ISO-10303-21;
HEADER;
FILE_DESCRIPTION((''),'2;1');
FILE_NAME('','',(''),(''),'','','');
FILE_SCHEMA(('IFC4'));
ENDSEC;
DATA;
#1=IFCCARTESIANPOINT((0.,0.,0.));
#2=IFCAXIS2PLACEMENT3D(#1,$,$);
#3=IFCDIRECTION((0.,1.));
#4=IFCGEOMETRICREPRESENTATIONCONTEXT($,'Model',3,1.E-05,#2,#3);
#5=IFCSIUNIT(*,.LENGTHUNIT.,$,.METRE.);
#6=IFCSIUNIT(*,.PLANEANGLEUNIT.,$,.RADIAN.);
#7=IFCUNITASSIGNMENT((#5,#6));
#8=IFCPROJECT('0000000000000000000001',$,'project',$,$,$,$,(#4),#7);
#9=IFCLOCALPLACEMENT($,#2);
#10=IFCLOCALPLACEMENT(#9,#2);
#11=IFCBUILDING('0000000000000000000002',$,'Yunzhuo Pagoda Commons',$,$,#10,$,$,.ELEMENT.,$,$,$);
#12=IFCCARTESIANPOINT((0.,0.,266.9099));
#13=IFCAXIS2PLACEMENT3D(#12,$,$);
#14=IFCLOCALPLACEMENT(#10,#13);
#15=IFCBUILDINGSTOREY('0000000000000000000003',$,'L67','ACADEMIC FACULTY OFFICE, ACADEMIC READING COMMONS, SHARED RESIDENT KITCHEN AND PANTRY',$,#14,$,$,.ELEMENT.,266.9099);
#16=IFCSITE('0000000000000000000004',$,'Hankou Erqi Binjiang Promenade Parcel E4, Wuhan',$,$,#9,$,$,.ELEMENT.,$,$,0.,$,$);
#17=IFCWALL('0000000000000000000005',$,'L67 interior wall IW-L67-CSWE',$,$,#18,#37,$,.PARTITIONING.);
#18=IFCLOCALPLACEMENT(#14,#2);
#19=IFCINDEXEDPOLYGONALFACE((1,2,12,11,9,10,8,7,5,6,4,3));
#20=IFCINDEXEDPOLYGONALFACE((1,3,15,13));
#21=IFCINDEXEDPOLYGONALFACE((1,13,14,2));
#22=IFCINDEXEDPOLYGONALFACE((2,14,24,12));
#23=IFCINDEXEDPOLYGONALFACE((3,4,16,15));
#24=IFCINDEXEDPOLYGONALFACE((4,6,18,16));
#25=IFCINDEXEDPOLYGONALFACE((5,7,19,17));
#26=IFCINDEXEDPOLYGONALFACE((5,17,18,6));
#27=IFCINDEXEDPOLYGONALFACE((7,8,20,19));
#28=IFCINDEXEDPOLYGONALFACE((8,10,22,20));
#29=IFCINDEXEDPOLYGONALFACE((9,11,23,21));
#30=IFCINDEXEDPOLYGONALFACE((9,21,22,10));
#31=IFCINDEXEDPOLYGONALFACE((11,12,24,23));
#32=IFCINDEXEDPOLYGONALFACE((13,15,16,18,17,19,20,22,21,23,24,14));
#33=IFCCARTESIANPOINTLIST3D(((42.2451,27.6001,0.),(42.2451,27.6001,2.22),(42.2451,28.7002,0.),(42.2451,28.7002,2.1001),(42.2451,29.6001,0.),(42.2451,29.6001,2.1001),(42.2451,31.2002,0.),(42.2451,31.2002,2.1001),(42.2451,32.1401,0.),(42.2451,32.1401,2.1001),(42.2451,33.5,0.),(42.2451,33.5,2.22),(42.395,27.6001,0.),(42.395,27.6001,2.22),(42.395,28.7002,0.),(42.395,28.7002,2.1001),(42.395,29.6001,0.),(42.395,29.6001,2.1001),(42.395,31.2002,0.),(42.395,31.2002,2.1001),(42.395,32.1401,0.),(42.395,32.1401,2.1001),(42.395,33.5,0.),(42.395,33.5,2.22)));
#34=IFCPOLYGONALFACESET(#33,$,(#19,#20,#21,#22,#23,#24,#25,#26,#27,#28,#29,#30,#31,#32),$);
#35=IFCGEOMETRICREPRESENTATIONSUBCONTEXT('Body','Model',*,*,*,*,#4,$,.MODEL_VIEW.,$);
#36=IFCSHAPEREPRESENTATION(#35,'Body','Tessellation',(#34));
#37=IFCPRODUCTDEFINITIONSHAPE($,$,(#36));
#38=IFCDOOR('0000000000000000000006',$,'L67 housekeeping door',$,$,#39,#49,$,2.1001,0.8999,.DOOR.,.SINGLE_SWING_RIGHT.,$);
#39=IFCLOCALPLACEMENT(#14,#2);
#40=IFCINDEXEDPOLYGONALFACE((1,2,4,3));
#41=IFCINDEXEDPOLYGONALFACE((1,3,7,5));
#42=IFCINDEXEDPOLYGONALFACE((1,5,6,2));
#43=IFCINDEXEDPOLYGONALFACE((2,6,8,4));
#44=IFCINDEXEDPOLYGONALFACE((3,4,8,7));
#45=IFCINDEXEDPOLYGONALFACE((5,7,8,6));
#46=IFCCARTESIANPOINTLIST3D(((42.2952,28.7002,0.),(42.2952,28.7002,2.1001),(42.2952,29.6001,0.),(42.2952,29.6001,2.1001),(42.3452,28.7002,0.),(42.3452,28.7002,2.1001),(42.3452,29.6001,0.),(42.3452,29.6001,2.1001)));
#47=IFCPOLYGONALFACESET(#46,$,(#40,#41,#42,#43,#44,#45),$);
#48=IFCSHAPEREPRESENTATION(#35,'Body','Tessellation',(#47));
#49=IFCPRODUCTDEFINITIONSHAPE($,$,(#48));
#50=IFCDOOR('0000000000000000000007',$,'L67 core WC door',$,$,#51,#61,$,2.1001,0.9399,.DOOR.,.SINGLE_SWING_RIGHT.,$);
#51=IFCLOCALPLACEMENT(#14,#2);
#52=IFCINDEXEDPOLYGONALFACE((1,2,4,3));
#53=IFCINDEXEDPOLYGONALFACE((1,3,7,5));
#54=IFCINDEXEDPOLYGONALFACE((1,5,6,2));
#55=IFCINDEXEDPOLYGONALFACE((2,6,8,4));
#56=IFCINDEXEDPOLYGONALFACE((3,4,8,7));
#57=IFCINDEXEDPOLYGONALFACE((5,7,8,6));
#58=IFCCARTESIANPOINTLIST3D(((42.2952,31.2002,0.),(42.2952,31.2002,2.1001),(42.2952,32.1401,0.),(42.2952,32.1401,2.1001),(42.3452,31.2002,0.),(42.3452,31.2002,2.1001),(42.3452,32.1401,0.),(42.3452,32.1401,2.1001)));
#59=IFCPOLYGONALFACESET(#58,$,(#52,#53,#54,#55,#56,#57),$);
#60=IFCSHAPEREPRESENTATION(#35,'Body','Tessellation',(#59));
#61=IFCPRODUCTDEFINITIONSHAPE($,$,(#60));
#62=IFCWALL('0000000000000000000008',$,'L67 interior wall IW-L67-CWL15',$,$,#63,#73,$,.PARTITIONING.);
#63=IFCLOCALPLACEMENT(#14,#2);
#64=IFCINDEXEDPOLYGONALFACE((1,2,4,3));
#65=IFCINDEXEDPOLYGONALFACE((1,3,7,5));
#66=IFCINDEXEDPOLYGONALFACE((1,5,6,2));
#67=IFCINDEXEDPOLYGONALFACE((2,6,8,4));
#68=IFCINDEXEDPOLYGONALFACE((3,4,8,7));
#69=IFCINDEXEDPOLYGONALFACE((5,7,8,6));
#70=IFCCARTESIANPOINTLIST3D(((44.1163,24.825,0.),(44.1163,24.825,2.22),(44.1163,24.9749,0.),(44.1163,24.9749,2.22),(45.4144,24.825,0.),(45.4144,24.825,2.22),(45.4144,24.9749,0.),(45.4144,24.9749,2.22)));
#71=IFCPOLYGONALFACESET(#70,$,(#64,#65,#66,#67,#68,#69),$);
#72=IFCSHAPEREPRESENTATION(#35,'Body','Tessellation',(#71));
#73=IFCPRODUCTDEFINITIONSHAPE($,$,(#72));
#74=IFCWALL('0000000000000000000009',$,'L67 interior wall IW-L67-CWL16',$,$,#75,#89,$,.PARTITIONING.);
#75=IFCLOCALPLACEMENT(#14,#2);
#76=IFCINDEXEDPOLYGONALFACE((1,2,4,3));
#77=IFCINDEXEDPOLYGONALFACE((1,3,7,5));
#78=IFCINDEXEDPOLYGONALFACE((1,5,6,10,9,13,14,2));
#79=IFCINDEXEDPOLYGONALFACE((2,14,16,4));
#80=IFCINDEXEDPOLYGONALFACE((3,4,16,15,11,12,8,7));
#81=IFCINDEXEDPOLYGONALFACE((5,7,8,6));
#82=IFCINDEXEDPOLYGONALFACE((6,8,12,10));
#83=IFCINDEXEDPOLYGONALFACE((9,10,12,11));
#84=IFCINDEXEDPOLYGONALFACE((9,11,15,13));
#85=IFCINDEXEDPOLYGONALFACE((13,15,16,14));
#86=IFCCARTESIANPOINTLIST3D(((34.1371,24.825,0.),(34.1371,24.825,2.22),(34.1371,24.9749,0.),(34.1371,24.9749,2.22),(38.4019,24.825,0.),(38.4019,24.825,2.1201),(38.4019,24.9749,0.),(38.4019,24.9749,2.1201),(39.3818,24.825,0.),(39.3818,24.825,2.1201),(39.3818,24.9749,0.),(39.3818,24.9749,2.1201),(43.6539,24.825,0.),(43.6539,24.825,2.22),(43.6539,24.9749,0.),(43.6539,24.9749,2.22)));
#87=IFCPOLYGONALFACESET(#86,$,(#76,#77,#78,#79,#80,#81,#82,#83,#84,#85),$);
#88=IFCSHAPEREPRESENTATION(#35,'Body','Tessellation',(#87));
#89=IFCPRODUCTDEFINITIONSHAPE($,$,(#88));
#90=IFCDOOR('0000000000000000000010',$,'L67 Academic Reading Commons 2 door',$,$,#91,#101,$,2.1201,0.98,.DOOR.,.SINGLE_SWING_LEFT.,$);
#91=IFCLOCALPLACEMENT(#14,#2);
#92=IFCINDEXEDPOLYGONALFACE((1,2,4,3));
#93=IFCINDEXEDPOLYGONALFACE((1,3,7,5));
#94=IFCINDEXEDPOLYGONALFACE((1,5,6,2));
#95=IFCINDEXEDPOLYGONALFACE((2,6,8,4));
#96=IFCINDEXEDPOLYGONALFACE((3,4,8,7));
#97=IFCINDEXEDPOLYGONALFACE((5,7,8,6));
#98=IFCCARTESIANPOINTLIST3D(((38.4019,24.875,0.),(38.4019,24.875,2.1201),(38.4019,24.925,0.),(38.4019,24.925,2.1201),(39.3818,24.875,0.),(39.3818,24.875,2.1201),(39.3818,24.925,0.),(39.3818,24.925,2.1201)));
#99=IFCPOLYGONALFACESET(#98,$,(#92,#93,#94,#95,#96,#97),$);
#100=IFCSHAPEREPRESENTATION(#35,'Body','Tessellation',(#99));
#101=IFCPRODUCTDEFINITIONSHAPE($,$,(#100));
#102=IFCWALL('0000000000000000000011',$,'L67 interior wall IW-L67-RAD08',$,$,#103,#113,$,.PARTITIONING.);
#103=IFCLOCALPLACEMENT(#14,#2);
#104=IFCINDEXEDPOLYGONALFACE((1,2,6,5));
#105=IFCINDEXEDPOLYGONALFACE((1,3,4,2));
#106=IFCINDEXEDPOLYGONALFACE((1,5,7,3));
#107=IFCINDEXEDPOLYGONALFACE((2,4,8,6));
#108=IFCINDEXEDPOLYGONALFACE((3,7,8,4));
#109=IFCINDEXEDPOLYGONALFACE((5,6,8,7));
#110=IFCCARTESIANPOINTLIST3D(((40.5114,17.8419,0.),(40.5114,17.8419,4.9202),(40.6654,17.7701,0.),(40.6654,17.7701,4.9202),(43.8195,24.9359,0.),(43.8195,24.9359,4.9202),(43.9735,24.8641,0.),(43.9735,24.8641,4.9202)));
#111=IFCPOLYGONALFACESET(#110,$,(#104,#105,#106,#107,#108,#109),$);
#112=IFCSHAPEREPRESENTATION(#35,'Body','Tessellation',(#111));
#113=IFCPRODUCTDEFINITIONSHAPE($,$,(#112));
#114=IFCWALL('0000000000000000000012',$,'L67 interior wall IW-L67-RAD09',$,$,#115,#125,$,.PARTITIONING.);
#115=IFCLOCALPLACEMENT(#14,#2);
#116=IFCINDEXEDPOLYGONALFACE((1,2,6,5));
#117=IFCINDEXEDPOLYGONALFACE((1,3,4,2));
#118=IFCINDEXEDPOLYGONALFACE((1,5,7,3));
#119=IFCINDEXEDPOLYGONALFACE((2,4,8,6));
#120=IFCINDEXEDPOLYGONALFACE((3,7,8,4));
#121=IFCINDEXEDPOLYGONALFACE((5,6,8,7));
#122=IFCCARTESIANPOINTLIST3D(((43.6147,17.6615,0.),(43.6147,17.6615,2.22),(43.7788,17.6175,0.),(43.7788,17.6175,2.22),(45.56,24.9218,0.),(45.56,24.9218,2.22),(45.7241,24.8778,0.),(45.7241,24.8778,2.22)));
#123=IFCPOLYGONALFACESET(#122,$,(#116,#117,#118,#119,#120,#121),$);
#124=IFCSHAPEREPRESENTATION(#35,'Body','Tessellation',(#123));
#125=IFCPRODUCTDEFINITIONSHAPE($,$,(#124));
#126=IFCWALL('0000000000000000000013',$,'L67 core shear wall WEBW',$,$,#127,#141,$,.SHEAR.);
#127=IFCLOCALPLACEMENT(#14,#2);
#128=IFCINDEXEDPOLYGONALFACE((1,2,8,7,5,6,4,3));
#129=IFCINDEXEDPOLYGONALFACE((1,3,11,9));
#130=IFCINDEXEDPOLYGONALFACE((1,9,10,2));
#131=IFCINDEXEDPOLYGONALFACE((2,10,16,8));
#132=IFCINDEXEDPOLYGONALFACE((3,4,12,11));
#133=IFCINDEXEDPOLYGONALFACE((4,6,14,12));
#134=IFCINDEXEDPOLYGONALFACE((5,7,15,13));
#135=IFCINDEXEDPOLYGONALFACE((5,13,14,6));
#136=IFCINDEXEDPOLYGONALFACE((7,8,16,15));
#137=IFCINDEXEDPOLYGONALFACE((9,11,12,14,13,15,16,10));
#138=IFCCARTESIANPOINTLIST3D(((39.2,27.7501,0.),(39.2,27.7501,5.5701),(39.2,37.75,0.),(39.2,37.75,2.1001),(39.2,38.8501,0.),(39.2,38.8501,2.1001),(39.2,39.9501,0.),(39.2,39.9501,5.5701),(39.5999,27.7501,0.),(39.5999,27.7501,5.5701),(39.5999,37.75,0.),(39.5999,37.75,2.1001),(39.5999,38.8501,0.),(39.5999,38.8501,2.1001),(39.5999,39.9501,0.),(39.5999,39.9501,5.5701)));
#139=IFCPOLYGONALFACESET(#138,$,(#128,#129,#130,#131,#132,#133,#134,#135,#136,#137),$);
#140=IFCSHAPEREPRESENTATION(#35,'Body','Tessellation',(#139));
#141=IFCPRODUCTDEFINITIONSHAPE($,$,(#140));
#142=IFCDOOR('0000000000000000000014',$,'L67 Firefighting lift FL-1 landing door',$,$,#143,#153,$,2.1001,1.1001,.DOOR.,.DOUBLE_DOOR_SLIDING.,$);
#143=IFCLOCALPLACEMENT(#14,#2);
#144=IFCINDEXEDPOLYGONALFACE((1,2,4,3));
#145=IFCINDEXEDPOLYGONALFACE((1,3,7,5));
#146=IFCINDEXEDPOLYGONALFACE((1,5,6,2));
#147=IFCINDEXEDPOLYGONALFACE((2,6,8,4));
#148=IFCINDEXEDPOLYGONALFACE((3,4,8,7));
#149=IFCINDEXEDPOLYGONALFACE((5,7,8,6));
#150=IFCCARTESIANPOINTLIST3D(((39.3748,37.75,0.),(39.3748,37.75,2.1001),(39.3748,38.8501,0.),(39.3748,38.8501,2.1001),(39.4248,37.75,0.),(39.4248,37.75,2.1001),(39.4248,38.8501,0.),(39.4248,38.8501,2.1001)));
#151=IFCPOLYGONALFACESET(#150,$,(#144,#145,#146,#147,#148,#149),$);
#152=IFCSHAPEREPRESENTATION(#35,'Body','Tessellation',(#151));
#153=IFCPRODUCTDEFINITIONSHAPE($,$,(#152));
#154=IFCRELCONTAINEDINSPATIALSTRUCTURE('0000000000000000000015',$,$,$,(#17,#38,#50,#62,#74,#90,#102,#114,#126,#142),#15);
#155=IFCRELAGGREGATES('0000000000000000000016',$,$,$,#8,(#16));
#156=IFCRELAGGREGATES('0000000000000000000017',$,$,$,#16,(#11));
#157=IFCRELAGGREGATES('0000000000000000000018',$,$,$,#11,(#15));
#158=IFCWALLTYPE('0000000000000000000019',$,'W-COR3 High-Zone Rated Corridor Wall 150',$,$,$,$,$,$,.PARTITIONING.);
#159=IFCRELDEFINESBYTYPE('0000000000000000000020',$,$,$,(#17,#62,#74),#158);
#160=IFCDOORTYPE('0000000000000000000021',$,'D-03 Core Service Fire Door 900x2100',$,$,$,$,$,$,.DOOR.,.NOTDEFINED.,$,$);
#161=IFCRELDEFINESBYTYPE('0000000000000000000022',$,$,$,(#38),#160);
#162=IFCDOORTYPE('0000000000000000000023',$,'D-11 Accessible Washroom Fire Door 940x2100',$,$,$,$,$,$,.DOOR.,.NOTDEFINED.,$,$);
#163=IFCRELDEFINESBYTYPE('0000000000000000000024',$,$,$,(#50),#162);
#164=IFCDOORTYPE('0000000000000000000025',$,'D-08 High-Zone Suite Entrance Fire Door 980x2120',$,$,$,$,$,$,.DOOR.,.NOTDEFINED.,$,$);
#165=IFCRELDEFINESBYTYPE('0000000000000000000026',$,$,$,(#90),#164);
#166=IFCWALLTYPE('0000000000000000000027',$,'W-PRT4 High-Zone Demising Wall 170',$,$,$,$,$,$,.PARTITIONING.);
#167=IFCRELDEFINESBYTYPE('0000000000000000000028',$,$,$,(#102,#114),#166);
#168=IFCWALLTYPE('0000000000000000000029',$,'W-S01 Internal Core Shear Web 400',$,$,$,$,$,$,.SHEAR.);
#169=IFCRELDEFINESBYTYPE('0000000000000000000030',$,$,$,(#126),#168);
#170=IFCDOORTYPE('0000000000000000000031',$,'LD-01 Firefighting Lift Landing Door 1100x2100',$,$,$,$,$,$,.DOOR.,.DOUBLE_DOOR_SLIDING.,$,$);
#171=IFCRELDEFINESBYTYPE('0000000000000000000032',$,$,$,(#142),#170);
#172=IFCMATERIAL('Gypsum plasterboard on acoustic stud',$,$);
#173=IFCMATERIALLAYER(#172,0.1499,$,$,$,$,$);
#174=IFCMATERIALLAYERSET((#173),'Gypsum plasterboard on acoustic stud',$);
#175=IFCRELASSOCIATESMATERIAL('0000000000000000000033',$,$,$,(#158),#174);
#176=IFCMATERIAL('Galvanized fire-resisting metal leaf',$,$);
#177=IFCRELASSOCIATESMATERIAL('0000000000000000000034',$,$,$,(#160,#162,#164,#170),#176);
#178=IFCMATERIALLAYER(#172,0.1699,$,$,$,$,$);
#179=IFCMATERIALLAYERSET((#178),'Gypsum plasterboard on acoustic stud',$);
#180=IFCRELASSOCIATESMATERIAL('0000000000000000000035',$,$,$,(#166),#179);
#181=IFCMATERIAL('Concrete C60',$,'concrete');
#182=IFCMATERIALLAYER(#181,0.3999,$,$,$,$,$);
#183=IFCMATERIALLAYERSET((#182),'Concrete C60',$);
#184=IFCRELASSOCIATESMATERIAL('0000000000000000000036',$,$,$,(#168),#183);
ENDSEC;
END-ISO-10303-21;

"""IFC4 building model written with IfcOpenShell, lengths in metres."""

from ifc_helpers import new_model, si_unit, direction, frame, frame_2d, origin, origin_with_axes, place, context, subcontext, project, spatial, rectangle, extrude, source, transform, mapped, material, layer, layer_set, type_object, element, fill, save


model = new_model("IFC4")

# Units and contexts
model_context = context("Model", 3, precision=1e-05, world=origin(), true_north=direction((0.0, 1.0)))
body_context = subcontext(model_context, "Body", "Model", "MODEL_VIEW")
ifc_project = project(units=[si_unit("LENGTHUNIT", "METRE"), si_unit("PLANEANGLEUNIT", "RADIAN")], contexts=[model_context])

# Site, building, storey
site_placement = place(None, origin())
site = spatial("IfcSite", under=ifc_project, at=site_placement, Name="Hankou Erqi Binjiang Promenade Parcel E4, Wuhan", CompositionType="ELEMENT", RefElevation=0.0)
building_placement = place(site_placement, origin())
building = spatial("IfcBuilding", under=site, at=building_placement, Name="Yunzhuo Pagoda Commons", CompositionType="ELEMENT")
storey_placement = place(building_placement, frame((0.0, 0.0, 266.9099)))
storey = spatial("IfcBuildingStorey", under=building, at=storey_placement, Name="L67", Description="ACADEMIC FACULTY OFFICE, ACADEMIC READING COMMONS, SHARED RESIDENT KITCHEN AND PANTRY", CompositionType="ELEMENT", Elevation=266.9099)

# Wall, openings, doors
ifc_material_1 = material(Name="Gypsum plasterboard on acoustic stud")
ifc_layer_1 = layer(ifc_material_1, 0.1499)
ifc_layer_set_1 = layer_set([ifc_layer_1], Name="Gypsum plasterboard on acoustic stud")
wall_type_1 = type_object("IfcWallType", Name="W-COR3 High-Zone Rated Corridor Wall 150", PredefinedType="PARTITIONING", material=ifc_layer_set_1)
wall_1_placement = place(storey_placement, frame((42.3201, 27.6001, 0.0), z_axis=(0.0, 0.0, 1.0), x_axis=(0.0, 1.0, 0.0)))
wall_1 = element("IfcWall", 1, at=wall_1_placement, inside=storey, type_object=wall_type_1, Name="L67 interior wall IW-L67-CSWE", PredefinedType="PARTITIONING", context=body_context, shape_type="SweptSolid", body=[
    extrude(rectangle(XDim=5.8999, YDim=0.1499, at=frame_2d((2.95, 0.0))), origin(), (0.0, 0.0, 1.0), 2.22),
])
opening_1_placement = place(wall_1_placement, frame((1.1001, 0.0, 0.0)))
opening_1 = element("IfcOpeningElement", 2, at=opening_1_placement, cuts=wall_1, PredefinedType="OPENING", context=body_context, shape_type="SweptSolid", body=[
    extrude(rectangle(XDim=0.8999, YDim=2.1001, at=frame_2d((0.45, 1.05))), frame((0.0, 0.085, 0.0), z_axis=(0.0, -1.0, 0.0), x_axis=(1.0, 0.0, 0.0)), (0.0, 0.0, 1.0), 0.1699),
])
opening_2_placement = place(wall_1_placement, frame((3.6001, 0.0, 0.0)))
opening_2 = element("IfcOpeningElement", 3, at=opening_2_placement, cuts=wall_1, PredefinedType="OPENING", context=body_context, shape_type="SweptSolid", body=[
    extrude(rectangle(XDim=0.9399, YDim=2.1001, at=frame_2d((0.47, 1.05))), frame((0.0, 0.085, 0.0), z_axis=(0.0, -1.0, 0.0), x_axis=(1.0, 0.0, 0.0)), (0.0, 0.0, 1.0), 0.1699),
])
ifc_material_2 = material(Name="Galvanized fire-resisting metal leaf")
door_type_1 = type_object("IfcDoorType", Name="D-03 Core Service Fire Door 900x2100", OperationType="NOTDEFINED", PredefinedType="DOOR", material=ifc_material_2)
shared_shape_1 = source(origin(), body_context, "Body", "SweptSolid", [
    extrude(rectangle(XDim=0.8999, YDim=2.1001, at=frame_2d((0.45, 1.05))), frame((0.0, 0.0249, 0.0), z_axis=(0.0, -1.0, 0.0), x_axis=(1.0, 0.0, 0.0)), (0.0, 0.0, 1.0), 0.05),
])
door_1_placement = place(opening_1_placement, origin_with_axes())
door_1 = element("IfcDoor", 4, at=door_1_placement, inside=storey, type_object=door_type_1, Name="L67 housekeeping door", OperationType="SINGLE_SWING_RIGHT", OverallHeight=2.1001, OverallWidth=0.8999, PredefinedType="DOOR", context=body_context, shape_type="MappedRepresentation", body=[
    mapped(shared_shape_1, transform((0.0, 0.0, 0.0), scale=1.0)),
])
fill(opening_1, door_1)
door_type_2 = type_object("IfcDoorType", Name="D-11 Accessible Washroom Fire Door 940x2100", OperationType="NOTDEFINED", PredefinedType="DOOR", material=ifc_material_2)
shared_shape_2 = source(origin(), body_context, "Body", "SweptSolid", [
    extrude(rectangle(XDim=0.9399, YDim=2.1001, at=frame_2d((0.47, 1.05))), frame((0.0, 0.0249, 0.0), z_axis=(0.0, -1.0, 0.0), x_axis=(1.0, 0.0, 0.0)), (0.0, 0.0, 1.0), 0.05),
])
door_2_placement = place(opening_2_placement, origin_with_axes())
door_2 = element("IfcDoor", 5, at=door_2_placement, inside=storey, type_object=door_type_2, Name="L67 core WC door", OperationType="SINGLE_SWING_RIGHT", OverallHeight=2.1001, OverallWidth=0.9399, PredefinedType="DOOR", context=body_context, shape_type="MappedRepresentation", body=[
    mapped(shared_shape_2, transform((0.0, 0.0, 0.0), scale=1.0)),
])
fill(opening_2, door_2)

# Wall
wall_2_placement = place(storey_placement, frame((45.4143, 24.8999, 0.0), z_axis=(0.0, 0.0, 1.0), x_axis=(-1.0, 0.0, 0.0)))
element("IfcWall", 6, at=wall_2_placement, inside=storey, type_object=wall_type_1, Name="L67 interior wall IW-L67-CWL15", PredefinedType="PARTITIONING", context=body_context, shape_type="SweptSolid", body=[
    extrude(rectangle(XDim=1.2981, YDim=0.1499, at=frame_2d((0.6489, 0.0))), origin(), (0.0, 0.0, 1.0), 2.22),
])

# Wall, opening, door
wall_3_placement = place(storey_placement, frame((43.6538, 24.8999, 0.0), z_axis=(0.0, 0.0, 1.0), x_axis=(-1.0, 0.0, 0.0)))
wall_3 = element("IfcWall", 7, at=wall_3_placement, inside=storey, type_object=wall_type_1, Name="L67 interior wall IW-L67-CWL16", PredefinedType="PARTITIONING", context=body_context, shape_type="SweptSolid", body=[
    extrude(rectangle(XDim=9.5168, YDim=0.1499, at=frame_2d((4.7583, 0.0))), origin(), (0.0, 0.0, 1.0), 2.22),
])
opening_3_placement = place(wall_3_placement, frame((4.272, 0.0, 0.0)))
opening_3 = element("IfcOpeningElement", 8, at=opening_3_placement, cuts=wall_3, PredefinedType="OPENING", context=body_context, shape_type="SweptSolid", body=[
    extrude(rectangle(XDim=0.98, YDim=2.1201, at=frame_2d((0.49, 1.0601))), frame((0.0, 0.085, 0.0), z_axis=(0.0, -1.0, 0.0), x_axis=(1.0, 0.0, 0.0)), (0.0, 0.0, 1.0), 0.1699),
])
door_type_3 = type_object("IfcDoorType", Name="D-08 High-Zone Suite Entrance Fire Door 980x2120", OperationType="NOTDEFINED", PredefinedType="DOOR", material=ifc_material_2)
shared_shape_3 = source(origin(), body_context, "Body", "SweptSolid", [
    extrude(rectangle(XDim=0.98, YDim=2.1201, at=frame_2d((0.49, 1.0601))), frame((0.0, 0.0249, 0.0), z_axis=(0.0, -1.0, 0.0), x_axis=(1.0, 0.0, 0.0)), (0.0, 0.0, 1.0), 0.05),
])
door_3_placement = place(opening_3_placement, origin_with_axes())
door_3 = element("IfcDoor", 9, at=door_3_placement, inside=storey, type_object=door_type_3, Name="L67 Academic Reading Commons 2 door", OperationType="SINGLE_SWING_LEFT", OverallHeight=2.1201, OverallWidth=0.98, PredefinedType="DOOR", context=body_context, shape_type="MappedRepresentation", body=[
    mapped(shared_shape_3, transform((0.0, 0.0, 0.0), scale=1.0)),
])
fill(opening_3, door_3)

# Walls
ifc_layer_2 = layer(ifc_material_1, 0.1699)
ifc_layer_set_2 = layer_set([ifc_layer_2], Name="Gypsum plasterboard on acoustic stud")
wall_type_2 = type_object("IfcWallType", Name="W-PRT4 High-Zone Demising Wall 170", PredefinedType="PARTITIONING", material=ifc_layer_set_2)
wall_4_placement = place(storey_placement, frame((43.8965, 24.8999, 0.0), z_axis=(0.0, 0.0, 1.0), x_axis=(-0.422631, -0.906302, 0.0)))
element("IfcWall", 10, at=wall_4_placement, inside=storey, type_object=wall_type_2, Name="L67 interior wall IW-L67-RAD08", PredefinedType="PARTITIONING", context=body_context, shape_type="SweptSolid", body=[
    extrude(rectangle(XDim=7.8274, YDim=0.1699, at=frame_2d((3.9136, 0.0))), origin(), (0.0, 0.0, 1.0), 4.9202),
])
wall_5_placement = place(storey_placement, frame((45.6421, 24.8999, 0.0), z_axis=(0.0, 0.0, 1.0), x_axis=(-0.258811, -0.965928, 0.0)))
element("IfcWall", 11, at=wall_5_placement, inside=storey, type_object=wall_type_2, Name="L67 interior wall IW-L67-RAD09", PredefinedType="PARTITIONING", context=body_context, shape_type="SweptSolid", body=[
    extrude(rectangle(XDim=7.5164, YDim=0.1699, at=frame_2d((3.7583, 0.0))), origin(), (0.0, 0.0, 1.0), 2.22),
])

# Wall, opening, door
ifc_material_3 = material(Name="Concrete C60", Category="concrete")
ifc_layer_3 = layer(ifc_material_3, 0.3999)
ifc_layer_set_3 = layer_set([ifc_layer_3], Name="Concrete C60")
wall_type_3 = type_object("IfcWallType", Name="W-S01 Internal Core Shear Web 400", PredefinedType="SHEAR", material=ifc_layer_set_3)
wall_6_placement = place(storey_placement, frame((39.3999, 27.75, 0.0), z_axis=(0.0, 0.0, 1.0), x_axis=(0.0, 1.0, 0.0)))
wall_6 = element("IfcWall", 12, at=wall_6_placement, inside=storey, type_object=wall_type_3, Name="L67 core shear wall WEBW", PredefinedType="SHEAR", context=body_context, shape_type="SweptSolid", body=[
    extrude(rectangle(XDim=12.2, YDim=0.3999, at=frame_2d((6.1001, 0.0))), origin(), (0.0, 0.0, 1.0), 5.5701),
])
opening_4_placement = place(wall_6_placement, frame((10.0, 0.0, 0.0)))
opening_4 = element("IfcOpeningElement", 13, at=opening_4_placement, cuts=wall_6, PredefinedType="OPENING", context=body_context, shape_type="SweptSolid", body=[
    extrude(rectangle(XDim=1.1001, YDim=2.1001, at=frame_2d((0.55, 1.05))), frame((0.0, 0.21, 0.0), z_axis=(0.0, -1.0, 0.0), x_axis=(1.0, 0.0, 0.0)), (0.0, 0.0, 1.0), 0.4199),
])
door_type_4 = type_object("IfcDoorType", Name="LD-01 Firefighting Lift Landing Door 1100x2100", OperationType="DOUBLE_DOOR_SLIDING", PredefinedType="DOOR", material=ifc_material_2)
shared_shape_4 = source(origin(), body_context, "Body", "SweptSolid", [
    extrude(rectangle(XDim=1.1001, YDim=2.1001, at=frame_2d((0.55, 1.05))), frame((0.0, 0.0249, 0.0), z_axis=(0.0, -1.0, 0.0), x_axis=(1.0, 0.0, 0.0)), (0.0, 0.0, 1.0), 0.05),
])
door_4_placement = place(opening_4_placement, frame((1.1001, 0.0, 0.0), z_axis=(0.0, 0.0, 1.0), x_axis=(-1.0, 0.0, 0.0)))
door_4 = element("IfcDoor", 14, at=door_4_placement, inside=storey, type_object=door_type_4, Name="L67 Firefighting lift FL-1 landing door", OperationType="DOUBLE_DOOR_SLIDING", OverallHeight=2.1001, OverallWidth=1.1001, PredefinedType="DOOR", context=body_context, shape_type="MappedRepresentation", body=[
    mapped(shared_shape_4, transform((0.0, 0.0, 0.0), scale=1.0)),
])
fill(opening_4, door_4)

save(model, "model.ifc")
